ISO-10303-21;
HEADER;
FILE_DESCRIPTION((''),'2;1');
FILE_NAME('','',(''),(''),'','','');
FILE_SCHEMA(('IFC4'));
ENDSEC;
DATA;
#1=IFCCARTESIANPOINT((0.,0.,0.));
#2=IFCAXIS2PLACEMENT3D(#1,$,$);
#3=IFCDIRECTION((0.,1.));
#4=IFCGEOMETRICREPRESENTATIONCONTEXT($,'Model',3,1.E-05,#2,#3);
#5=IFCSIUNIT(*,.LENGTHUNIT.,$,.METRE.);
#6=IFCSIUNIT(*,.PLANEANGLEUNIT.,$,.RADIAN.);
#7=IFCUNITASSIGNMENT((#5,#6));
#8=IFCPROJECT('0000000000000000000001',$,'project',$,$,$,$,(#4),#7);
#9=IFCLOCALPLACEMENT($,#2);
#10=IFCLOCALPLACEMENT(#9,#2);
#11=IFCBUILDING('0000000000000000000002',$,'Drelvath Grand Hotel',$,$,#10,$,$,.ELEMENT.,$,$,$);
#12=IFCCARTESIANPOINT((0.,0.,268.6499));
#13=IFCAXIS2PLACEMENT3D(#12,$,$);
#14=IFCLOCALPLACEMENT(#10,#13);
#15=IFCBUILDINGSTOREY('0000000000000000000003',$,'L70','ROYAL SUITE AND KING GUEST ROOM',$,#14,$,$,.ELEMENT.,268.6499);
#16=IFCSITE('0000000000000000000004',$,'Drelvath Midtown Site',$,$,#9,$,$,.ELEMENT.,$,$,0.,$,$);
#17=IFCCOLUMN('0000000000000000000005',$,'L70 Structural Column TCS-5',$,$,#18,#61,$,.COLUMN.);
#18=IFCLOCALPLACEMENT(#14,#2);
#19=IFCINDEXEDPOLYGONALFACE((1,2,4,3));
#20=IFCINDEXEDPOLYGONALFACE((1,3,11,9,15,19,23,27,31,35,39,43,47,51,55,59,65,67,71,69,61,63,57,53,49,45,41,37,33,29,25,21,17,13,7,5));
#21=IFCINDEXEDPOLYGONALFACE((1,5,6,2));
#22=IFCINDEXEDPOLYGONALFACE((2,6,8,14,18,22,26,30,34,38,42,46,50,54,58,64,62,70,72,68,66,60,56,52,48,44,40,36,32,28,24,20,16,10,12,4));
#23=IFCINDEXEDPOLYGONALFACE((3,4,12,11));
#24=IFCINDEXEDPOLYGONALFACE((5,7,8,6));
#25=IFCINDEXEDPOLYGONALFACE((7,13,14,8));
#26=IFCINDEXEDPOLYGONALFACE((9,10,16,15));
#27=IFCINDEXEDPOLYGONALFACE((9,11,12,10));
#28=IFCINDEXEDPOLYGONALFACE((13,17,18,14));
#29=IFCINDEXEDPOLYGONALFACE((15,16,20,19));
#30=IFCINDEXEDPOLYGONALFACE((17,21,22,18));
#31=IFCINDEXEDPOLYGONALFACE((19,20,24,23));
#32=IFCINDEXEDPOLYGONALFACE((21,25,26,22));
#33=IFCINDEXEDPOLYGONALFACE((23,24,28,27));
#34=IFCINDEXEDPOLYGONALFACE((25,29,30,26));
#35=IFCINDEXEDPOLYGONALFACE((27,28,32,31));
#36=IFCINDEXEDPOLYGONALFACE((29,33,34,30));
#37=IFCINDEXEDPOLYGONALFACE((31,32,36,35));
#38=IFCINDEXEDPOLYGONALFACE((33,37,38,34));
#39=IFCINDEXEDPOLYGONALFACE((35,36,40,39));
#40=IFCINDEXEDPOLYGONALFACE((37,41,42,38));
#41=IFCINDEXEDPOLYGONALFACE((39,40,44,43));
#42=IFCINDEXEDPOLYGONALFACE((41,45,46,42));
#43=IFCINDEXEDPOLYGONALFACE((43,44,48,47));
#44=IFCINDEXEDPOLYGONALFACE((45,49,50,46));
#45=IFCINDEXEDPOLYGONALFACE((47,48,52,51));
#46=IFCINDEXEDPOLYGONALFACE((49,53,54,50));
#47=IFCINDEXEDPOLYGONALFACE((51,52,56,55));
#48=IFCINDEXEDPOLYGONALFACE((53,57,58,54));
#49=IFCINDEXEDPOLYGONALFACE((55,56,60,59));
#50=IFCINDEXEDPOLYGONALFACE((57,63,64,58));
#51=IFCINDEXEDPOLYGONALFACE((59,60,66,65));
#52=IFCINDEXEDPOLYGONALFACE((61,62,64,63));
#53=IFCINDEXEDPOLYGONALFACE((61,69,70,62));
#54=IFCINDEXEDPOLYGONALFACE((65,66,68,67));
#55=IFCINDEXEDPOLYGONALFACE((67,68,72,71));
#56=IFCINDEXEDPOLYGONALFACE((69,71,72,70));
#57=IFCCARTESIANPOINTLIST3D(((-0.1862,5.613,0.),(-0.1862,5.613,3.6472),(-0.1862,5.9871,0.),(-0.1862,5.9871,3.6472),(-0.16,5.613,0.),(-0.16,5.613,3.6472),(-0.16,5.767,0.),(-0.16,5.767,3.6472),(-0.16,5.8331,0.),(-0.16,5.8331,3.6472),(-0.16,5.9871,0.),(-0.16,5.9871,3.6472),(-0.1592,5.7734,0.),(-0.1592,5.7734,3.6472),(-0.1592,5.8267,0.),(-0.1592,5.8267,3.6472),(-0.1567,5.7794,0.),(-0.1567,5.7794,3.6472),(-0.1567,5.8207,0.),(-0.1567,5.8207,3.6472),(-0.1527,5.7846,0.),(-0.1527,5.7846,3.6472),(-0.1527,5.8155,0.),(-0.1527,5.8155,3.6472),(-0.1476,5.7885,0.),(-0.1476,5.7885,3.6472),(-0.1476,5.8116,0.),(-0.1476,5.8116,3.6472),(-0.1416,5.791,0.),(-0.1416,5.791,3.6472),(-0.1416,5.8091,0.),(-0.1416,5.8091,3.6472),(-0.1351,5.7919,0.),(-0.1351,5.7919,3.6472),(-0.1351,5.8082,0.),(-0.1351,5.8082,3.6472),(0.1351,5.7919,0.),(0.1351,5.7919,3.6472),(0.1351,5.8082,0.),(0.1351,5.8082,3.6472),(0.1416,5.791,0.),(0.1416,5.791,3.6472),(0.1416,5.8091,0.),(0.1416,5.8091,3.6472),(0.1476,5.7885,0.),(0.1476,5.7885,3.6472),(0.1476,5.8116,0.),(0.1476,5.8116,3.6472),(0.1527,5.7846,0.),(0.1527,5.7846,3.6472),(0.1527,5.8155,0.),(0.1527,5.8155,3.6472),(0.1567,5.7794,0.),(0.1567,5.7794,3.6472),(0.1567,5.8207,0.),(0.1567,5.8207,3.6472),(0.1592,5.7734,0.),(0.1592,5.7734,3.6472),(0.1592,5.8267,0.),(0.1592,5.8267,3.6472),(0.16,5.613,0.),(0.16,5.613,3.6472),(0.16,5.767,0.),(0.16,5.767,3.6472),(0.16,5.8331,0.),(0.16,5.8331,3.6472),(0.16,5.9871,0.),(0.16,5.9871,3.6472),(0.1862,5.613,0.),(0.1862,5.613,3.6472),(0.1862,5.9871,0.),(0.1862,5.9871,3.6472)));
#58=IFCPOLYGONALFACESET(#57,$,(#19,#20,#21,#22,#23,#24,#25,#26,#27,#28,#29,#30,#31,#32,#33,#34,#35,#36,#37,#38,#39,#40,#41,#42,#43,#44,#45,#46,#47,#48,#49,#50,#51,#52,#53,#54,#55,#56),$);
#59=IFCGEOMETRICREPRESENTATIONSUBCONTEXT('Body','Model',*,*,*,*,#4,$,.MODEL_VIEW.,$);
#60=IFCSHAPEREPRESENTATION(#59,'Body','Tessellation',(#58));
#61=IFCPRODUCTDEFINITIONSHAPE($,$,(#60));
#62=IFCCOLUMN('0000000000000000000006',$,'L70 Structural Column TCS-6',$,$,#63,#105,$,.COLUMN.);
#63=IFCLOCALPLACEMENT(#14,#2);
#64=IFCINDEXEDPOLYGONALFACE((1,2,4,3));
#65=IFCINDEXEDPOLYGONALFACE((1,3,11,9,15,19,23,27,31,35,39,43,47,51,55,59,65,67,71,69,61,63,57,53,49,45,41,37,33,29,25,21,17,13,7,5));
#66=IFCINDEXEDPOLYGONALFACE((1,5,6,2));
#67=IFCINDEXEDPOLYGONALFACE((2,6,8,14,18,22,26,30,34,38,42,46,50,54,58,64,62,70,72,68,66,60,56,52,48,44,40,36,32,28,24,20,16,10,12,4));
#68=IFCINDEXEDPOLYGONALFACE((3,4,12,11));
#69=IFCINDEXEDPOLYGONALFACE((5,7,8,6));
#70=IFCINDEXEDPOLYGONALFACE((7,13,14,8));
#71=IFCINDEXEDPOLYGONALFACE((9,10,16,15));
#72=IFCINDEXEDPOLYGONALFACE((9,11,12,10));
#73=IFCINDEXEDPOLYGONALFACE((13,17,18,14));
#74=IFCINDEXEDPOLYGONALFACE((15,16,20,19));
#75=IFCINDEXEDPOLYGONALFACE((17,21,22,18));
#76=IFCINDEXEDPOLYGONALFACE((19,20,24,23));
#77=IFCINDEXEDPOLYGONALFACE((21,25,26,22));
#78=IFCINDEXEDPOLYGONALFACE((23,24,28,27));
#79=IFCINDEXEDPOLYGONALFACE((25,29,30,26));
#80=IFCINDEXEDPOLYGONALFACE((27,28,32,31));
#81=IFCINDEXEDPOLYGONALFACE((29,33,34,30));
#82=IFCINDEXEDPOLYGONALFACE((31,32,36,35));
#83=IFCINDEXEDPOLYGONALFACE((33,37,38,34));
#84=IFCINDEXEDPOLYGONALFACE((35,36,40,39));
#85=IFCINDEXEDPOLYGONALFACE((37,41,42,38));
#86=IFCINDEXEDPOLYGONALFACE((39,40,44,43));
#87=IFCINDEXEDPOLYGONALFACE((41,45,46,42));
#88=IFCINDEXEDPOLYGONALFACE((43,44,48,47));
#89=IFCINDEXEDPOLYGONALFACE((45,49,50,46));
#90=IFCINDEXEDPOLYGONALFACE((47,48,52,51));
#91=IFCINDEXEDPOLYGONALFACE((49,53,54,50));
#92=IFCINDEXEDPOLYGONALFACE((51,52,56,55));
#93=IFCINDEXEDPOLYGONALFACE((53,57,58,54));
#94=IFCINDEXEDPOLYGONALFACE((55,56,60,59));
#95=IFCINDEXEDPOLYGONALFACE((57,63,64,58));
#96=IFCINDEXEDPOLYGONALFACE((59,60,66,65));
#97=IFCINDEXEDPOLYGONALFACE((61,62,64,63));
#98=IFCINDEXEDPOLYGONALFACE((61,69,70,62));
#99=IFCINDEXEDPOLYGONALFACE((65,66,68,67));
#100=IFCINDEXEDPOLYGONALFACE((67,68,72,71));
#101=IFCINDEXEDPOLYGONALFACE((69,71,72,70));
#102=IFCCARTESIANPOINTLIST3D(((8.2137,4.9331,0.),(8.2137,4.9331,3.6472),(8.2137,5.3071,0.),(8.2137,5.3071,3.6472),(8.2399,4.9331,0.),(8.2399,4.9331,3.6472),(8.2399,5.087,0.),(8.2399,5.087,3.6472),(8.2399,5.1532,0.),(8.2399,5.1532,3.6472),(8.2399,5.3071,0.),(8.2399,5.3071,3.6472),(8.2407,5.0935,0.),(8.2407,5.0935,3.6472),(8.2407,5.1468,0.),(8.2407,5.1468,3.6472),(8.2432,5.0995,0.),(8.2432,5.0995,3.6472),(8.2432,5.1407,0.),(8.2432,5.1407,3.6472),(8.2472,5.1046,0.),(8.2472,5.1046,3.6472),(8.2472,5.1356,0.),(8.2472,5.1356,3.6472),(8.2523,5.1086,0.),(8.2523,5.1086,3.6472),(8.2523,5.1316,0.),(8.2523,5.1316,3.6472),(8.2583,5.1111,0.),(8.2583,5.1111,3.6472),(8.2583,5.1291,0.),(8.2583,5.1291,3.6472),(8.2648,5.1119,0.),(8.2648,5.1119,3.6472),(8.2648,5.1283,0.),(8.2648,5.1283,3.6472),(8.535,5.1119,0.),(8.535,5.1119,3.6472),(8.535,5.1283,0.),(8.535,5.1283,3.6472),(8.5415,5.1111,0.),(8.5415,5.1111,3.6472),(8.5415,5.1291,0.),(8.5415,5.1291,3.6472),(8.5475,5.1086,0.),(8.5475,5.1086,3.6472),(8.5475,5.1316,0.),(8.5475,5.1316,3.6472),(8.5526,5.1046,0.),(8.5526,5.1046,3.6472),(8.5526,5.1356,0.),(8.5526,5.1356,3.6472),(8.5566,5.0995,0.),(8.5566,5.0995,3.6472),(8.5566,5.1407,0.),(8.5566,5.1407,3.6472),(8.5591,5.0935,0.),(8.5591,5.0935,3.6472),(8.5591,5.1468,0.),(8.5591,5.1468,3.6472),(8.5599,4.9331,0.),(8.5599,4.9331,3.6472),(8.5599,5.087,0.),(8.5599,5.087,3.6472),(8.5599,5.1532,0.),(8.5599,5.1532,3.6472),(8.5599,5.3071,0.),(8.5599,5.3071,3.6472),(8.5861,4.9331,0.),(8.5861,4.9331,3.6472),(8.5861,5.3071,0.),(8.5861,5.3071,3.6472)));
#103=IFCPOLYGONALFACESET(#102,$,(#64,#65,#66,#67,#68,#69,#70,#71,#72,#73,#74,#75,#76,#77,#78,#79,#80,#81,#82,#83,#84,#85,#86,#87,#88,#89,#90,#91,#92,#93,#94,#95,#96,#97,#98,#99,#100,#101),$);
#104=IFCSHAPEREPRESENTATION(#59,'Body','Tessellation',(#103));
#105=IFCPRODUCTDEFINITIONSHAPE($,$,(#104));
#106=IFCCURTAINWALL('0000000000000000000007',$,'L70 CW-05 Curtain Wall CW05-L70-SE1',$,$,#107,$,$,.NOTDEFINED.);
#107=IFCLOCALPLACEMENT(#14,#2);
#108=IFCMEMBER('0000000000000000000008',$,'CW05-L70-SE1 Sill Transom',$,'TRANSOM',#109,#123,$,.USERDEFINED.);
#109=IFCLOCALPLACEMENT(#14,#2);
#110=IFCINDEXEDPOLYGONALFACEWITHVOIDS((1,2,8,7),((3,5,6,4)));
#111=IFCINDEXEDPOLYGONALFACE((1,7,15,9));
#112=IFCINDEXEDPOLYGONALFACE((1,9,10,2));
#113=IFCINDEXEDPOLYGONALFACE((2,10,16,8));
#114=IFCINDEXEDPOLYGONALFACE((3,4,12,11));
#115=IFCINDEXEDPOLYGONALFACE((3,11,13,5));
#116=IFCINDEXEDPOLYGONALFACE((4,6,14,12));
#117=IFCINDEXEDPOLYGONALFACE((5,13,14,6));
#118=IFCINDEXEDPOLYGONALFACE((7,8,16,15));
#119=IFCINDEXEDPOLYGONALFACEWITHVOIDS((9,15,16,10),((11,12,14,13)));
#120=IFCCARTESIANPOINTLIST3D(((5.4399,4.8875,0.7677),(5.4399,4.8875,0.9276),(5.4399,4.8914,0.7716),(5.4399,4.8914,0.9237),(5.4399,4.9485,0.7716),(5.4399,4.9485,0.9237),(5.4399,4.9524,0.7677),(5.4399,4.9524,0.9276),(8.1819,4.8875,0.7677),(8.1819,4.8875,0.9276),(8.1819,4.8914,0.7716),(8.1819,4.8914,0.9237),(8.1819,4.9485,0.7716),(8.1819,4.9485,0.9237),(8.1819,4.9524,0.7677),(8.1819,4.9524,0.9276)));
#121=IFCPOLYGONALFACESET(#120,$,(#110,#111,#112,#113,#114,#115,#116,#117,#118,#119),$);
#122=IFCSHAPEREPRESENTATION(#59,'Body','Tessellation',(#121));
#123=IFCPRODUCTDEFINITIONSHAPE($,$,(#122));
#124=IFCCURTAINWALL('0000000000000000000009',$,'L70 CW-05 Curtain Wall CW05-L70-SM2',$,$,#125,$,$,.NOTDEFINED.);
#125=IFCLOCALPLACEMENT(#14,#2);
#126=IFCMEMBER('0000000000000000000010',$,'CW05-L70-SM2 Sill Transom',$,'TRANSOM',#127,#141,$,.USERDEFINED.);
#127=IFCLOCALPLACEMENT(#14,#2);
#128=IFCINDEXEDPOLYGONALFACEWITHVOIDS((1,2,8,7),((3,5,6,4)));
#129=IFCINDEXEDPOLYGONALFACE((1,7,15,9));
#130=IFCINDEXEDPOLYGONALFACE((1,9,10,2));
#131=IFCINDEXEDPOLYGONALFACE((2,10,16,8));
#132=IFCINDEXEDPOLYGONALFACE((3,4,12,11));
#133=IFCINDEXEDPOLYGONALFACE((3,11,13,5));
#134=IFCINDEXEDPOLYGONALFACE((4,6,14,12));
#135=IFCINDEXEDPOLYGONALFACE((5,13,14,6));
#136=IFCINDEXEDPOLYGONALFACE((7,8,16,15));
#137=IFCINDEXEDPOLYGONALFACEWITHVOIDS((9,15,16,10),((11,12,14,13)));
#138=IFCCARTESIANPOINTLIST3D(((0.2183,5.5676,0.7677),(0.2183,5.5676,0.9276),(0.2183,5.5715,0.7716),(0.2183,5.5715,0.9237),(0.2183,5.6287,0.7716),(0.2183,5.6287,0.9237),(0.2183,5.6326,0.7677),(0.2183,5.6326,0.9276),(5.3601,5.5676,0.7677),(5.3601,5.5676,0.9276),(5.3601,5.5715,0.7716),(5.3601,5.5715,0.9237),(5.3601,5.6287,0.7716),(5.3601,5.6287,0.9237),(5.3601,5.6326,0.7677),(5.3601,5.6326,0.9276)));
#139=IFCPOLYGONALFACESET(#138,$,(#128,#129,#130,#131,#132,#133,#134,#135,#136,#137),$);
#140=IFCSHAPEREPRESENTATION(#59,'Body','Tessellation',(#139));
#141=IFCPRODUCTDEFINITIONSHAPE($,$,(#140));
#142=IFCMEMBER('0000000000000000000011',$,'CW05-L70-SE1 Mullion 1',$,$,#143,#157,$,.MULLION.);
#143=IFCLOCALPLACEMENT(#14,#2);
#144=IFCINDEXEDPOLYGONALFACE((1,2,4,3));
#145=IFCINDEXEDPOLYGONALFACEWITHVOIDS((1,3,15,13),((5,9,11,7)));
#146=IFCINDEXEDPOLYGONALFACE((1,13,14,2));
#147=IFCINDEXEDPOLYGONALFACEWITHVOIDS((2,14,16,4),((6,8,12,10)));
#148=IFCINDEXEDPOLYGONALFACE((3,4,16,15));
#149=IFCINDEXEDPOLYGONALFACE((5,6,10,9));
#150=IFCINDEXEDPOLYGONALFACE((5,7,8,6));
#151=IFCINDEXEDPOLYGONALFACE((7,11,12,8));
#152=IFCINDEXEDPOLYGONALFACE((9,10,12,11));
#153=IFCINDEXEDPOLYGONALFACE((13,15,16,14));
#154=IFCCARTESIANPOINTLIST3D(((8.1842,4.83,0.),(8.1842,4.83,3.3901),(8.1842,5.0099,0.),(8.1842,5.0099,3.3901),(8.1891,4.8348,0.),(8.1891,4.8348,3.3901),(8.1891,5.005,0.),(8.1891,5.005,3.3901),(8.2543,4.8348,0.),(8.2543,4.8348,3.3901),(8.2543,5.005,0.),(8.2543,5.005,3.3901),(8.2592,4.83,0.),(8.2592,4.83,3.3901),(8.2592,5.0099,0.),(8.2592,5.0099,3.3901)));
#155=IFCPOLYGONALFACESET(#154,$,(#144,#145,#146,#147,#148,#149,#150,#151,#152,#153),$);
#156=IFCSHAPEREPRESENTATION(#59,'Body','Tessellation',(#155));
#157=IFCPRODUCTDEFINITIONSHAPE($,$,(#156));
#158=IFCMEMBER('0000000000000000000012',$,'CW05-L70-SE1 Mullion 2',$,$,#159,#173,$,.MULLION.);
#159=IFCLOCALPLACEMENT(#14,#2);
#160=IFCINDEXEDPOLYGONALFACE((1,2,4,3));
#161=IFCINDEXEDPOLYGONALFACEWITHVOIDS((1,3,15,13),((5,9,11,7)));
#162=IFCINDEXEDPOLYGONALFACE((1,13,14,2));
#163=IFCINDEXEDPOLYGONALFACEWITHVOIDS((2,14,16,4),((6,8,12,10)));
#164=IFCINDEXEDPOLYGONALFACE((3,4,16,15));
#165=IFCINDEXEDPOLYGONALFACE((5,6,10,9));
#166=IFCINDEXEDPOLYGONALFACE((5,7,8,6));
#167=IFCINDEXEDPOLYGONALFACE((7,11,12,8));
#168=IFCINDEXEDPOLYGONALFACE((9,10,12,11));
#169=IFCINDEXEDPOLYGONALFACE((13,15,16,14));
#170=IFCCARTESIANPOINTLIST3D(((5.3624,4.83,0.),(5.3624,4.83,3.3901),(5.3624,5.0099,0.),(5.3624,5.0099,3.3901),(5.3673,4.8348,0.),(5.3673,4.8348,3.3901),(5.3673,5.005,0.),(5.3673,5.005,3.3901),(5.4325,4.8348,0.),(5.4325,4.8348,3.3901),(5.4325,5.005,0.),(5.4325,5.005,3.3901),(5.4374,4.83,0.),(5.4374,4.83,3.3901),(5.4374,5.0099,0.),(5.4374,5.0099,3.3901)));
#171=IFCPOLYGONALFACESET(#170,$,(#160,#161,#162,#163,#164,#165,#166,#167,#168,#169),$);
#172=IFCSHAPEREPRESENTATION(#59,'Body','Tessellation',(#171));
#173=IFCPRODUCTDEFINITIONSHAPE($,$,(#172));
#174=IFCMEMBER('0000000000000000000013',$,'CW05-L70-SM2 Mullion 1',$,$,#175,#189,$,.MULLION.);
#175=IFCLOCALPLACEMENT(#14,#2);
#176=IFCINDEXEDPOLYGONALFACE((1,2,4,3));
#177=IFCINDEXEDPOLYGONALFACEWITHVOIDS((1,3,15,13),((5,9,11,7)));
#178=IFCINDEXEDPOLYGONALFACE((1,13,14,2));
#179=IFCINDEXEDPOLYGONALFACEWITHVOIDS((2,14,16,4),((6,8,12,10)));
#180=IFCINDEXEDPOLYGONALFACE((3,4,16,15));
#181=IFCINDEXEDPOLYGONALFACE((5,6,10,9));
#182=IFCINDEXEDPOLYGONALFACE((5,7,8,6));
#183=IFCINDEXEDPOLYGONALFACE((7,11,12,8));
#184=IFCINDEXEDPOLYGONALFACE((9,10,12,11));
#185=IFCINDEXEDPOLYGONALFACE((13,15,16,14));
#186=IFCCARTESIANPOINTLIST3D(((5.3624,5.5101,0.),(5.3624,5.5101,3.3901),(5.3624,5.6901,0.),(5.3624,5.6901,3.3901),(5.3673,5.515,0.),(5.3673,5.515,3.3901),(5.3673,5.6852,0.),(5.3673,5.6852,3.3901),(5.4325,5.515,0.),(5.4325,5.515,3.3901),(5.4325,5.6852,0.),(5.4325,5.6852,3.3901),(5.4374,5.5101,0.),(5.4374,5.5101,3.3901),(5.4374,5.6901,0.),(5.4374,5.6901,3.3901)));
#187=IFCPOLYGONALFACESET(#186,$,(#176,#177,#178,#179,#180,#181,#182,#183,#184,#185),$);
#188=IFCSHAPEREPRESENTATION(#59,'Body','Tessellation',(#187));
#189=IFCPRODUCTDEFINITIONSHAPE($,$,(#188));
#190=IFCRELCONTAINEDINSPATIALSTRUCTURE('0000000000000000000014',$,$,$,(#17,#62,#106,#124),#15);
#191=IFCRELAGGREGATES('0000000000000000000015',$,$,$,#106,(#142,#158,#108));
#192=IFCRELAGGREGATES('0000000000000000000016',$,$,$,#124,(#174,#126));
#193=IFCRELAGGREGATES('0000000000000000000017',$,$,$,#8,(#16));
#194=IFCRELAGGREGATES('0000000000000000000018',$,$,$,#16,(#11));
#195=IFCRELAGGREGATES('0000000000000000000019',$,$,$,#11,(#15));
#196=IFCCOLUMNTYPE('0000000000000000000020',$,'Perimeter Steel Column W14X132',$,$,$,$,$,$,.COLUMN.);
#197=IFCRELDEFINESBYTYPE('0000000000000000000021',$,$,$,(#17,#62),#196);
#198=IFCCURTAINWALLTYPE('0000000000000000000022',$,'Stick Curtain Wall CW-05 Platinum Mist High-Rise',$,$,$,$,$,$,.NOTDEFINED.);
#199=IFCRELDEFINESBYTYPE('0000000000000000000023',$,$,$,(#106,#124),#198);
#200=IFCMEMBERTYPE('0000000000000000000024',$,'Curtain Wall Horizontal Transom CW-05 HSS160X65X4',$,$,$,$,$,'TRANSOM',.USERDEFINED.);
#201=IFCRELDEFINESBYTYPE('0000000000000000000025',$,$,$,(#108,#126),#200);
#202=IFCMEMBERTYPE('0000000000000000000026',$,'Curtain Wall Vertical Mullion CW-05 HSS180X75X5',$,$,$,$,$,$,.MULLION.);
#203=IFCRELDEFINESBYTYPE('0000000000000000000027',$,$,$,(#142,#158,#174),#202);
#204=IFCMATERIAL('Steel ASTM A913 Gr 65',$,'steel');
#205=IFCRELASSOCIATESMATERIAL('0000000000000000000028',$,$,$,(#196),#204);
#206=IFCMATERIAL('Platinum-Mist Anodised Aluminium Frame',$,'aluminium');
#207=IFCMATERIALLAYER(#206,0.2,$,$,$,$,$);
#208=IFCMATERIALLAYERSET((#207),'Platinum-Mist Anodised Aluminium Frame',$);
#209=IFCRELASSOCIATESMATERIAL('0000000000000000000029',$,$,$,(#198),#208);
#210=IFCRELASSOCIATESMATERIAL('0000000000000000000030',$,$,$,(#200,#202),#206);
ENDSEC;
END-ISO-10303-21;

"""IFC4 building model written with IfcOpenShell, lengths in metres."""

from ifc_helpers import new_model, si_unit, direction, frame, origin, origin_2d, place, context, subcontext, project, spatial, hollow_rectangle, i_section, extrude, material, layer, layer_set, material_profile, profile_set, type_object, element, aggregate, save


model = new_model("IFC4")

# Units and contexts
model_context = context("Model", 3, precision=1e-05, world=origin(), true_north=direction((0.0, 1.0)))
body_context = subcontext(model_context, "Body", "Model", "MODEL_VIEW")
ifc_project = project(units=[si_unit("LENGTHUNIT", "METRE"), si_unit("PLANEANGLEUNIT", "RADIAN")], contexts=[model_context])

# Site, building, storey
site_placement = place(None, origin())
site = spatial("IfcSite", under=ifc_project, at=site_placement, Name="Drelvath Midtown Site", CompositionType="ELEMENT", RefElevation=0.0)
building_placement = place(site_placement, origin())
building = spatial("IfcBuilding", under=site, at=building_placement, Name="Drelvath Grand Hotel", CompositionType="ELEMENT")
storey_placement = place(building_placement, frame((0.0, 0.0, 268.6499)))
storey = spatial("IfcBuildingStorey", under=building, at=storey_placement, Name="L70", Description="ROYAL SUITE AND KING GUEST ROOM", CompositionType="ELEMENT", Elevation=268.6499)

# Columns
ifc_material_1 = material(Name="Steel ASTM A913 Gr 65", Category="steel")
ifc_material_profile_1 = material_profile(ifc_material_1, i_section(OverallWidth=0.374, OverallDepth=0.3723, WebThickness=0.0164, FlangeThickness=0.0261, FilletRadius=0.0249, at=origin_2d()), Name="W14X132")
ifc_profile_set_1 = profile_set([ifc_material_profile_1], Name="Steel ASTM A913 Gr 65")
column_type = type_object("IfcColumnType", Name="Perimeter Steel Column W14X132", PredefinedType="COLUMN", material=ifc_profile_set_1)
for number, where, z_axis, x_axis, name in (
    (1, (0.0, 5.8, 0.0), (0.0, 0.0, 1.0), (0.0, 1.0, 0.0), "L70 Structural Column TCS-5"),
    (2, (8.3999, 5.1201, 0.0), (0.0, 0.0, 1.0), (0.0, 1.0, 0.0), "L70 Structural Column TCS-6"),
):
    element("IfcColumn", number, at=place(storey_placement, frame(where, z_axis=z_axis, x_axis=x_axis)), inside=storey, type_object=column_type, Name=name, PredefinedType="COLUMN", context=body_context, shape_type="SweptSolid", body=[
        extrude(i_section(OverallWidth=0.374, OverallDepth=0.3723, WebThickness=0.0164, FlangeThickness=0.0261, FilletRadius=0.0249, at=origin_2d()), origin(), (0.0, 0.0, 1.0), 3.6472),
    ])

# Curtain walls, members
ifc_material_2 = material(Name="Platinum-Mist Anodised Aluminium Frame", Category="aluminium")
ifc_layer_1 = layer(ifc_material_2, 0.2)
ifc_layer_set_1 = layer_set([ifc_layer_1], Name="Platinum-Mist Anodised Aluminium Frame")
curtain_wall_type = type_object("IfcCurtainWallType", Name="Stick Curtain Wall CW-05 Platinum Mist High-Rise", PredefinedType="NOTDEFINED", material=ifc_layer_set_1)
curtain_wall_1_placement = place(storey_placement, origin())
curtain_wall_1 = element("IfcCurtainWall", 3, at=curtain_wall_1_placement, inside=storey, type_object=curtain_wall_type, Name="L70 CW-05 Curtain Wall CW05-L70-SE1", PredefinedType="NOTDEFINED")
ifc_material_profile_2 = material_profile(ifc_material_2, hollow_rectangle(XDim=0.0649, YDim=0.1599, WallThickness=0.0039, at=origin_2d()), Name="HSS160X65X4")
ifc_profile_set_2 = profile_set([ifc_material_profile_2], Name="Platinum-Mist Anodised Aluminium Frame")
member_type_1 = type_object("IfcMemberType", Name="Curtain Wall Horizontal Transom CW-05 HSS160X65X4", ElementType="TRANSOM", PredefinedType="USERDEFINED", material=ifc_profile_set_2)
member_1_placement = place(storey_placement, frame((8.1819, 4.9199, 0.8477), z_axis=(-1.0, 0.0, 0.0), x_axis=(0.0, -1.0, 0.0)))
member_1 = element("IfcMember", 4, at=member_1_placement, type_object=member_type_1, Name="CW05-L70-SE1 Sill Transom", ObjectType="TRANSOM", PredefinedType="USERDEFINED", context=body_context, shape_type="SweptSolid", body=[
    extrude(hollow_rectangle(XDim=0.0649, YDim=0.1599, WallThickness=0.0039, at=origin_2d()), origin(), (0.0, 0.0, 1.0), 2.7419),
])
curtain_wall_2_placement = place(storey_placement, origin())
curtain_wall_2 = element("IfcCurtainWall", 5, at=curtain_wall_2_placement, inside=storey, type_object=curtain_wall_type, Name="L70 CW-05 Curtain Wall CW05-L70-SM2", PredefinedType="NOTDEFINED")
member_2_placement = place(storey_placement, frame((5.3601, 5.6001, 0.8477), z_axis=(-1.0, 0.0, 0.0), x_axis=(0.0, -1.0, 0.0)))
member_2 = element("IfcMember", 6, at=member_2_placement, type_object=member_type_1, Name="CW05-L70-SM2 Sill Transom", ObjectType="TRANSOM", PredefinedType="USERDEFINED", context=body_context, shape_type="SweptSolid", body=[
    extrude(hollow_rectangle(XDim=0.0649, YDim=0.1599, WallThickness=0.0039, at=origin_2d()), origin(), (0.0, 0.0, 1.0), 5.1418),
])

# Members
ifc_material_profile_3 = material_profile(ifc_material_2, hollow_rectangle(XDim=0.075, YDim=0.1799, WallThickness=0.0049, at=origin_2d()), Name="HSS180X75X5")
ifc_profile_set_3 = profile_set([ifc_material_profile_3], Name="Platinum-Mist Anodised Aluminium Frame")
member_type_2 = type_object("IfcMemberType", Name="Curtain Wall Vertical Mullion CW-05 HSS180X75X5", PredefinedType="MULLION", material=ifc_profile_set_3)
member_3_placement = place(storey_placement, frame((8.2217, 4.9199, 0.0), z_axis=(0.0, 0.0, 1.0), x_axis=(1.0, 0.0, 0.0)))
member_3 = element("IfcMember", 7, at=member_3_placement, type_object=member_type_2, Name="CW05-L70-SE1 Mullion 1", PredefinedType="MULLION", context=body_context, shape_type="SweptSolid", body=[
    extrude(hollow_rectangle(XDim=0.075, YDim=0.1799, WallThickness=0.0049, at=origin_2d()), origin(), (0.0, 0.0, 1.0), 3.3901),
])
member_4_placement = place(storey_placement, frame((5.3999, 4.9199, 0.0), z_axis=(0.0, 0.0, 1.0), x_axis=(1.0, 0.0, 0.0)))
member_4 = element("IfcMember", 8, at=member_4_placement, type_object=member_type_2, Name="CW05-L70-SE1 Mullion 2", PredefinedType="MULLION", context=body_context, shape_type="SweptSolid", body=[
    extrude(hollow_rectangle(XDim=0.075, YDim=0.1799, WallThickness=0.0049, at=origin_2d()), origin(), (0.0, 0.0, 1.0), 3.3901),
])
member_5_placement = place(storey_placement, frame((5.3999, 5.6001, 0.0), z_axis=(0.0, 0.0, 1.0), x_axis=(1.0, 0.0, 0.0)))
member_5 = element("IfcMember", 9, at=member_5_placement, type_object=member_type_2, Name="CW05-L70-SM2 Mullion 1", PredefinedType="MULLION", context=body_context, shape_type="SweptSolid", body=[
    extrude(hollow_rectangle(XDim=0.075, YDim=0.1799, WallThickness=0.0049, at=origin_2d()), origin(), (0.0, 0.0, 1.0), 3.3901),
])

aggregate(curtain_wall_1, [member_3, member_4, member_1])
aggregate(curtain_wall_2, [member_5, member_2])

save(model, "model.ifc")
